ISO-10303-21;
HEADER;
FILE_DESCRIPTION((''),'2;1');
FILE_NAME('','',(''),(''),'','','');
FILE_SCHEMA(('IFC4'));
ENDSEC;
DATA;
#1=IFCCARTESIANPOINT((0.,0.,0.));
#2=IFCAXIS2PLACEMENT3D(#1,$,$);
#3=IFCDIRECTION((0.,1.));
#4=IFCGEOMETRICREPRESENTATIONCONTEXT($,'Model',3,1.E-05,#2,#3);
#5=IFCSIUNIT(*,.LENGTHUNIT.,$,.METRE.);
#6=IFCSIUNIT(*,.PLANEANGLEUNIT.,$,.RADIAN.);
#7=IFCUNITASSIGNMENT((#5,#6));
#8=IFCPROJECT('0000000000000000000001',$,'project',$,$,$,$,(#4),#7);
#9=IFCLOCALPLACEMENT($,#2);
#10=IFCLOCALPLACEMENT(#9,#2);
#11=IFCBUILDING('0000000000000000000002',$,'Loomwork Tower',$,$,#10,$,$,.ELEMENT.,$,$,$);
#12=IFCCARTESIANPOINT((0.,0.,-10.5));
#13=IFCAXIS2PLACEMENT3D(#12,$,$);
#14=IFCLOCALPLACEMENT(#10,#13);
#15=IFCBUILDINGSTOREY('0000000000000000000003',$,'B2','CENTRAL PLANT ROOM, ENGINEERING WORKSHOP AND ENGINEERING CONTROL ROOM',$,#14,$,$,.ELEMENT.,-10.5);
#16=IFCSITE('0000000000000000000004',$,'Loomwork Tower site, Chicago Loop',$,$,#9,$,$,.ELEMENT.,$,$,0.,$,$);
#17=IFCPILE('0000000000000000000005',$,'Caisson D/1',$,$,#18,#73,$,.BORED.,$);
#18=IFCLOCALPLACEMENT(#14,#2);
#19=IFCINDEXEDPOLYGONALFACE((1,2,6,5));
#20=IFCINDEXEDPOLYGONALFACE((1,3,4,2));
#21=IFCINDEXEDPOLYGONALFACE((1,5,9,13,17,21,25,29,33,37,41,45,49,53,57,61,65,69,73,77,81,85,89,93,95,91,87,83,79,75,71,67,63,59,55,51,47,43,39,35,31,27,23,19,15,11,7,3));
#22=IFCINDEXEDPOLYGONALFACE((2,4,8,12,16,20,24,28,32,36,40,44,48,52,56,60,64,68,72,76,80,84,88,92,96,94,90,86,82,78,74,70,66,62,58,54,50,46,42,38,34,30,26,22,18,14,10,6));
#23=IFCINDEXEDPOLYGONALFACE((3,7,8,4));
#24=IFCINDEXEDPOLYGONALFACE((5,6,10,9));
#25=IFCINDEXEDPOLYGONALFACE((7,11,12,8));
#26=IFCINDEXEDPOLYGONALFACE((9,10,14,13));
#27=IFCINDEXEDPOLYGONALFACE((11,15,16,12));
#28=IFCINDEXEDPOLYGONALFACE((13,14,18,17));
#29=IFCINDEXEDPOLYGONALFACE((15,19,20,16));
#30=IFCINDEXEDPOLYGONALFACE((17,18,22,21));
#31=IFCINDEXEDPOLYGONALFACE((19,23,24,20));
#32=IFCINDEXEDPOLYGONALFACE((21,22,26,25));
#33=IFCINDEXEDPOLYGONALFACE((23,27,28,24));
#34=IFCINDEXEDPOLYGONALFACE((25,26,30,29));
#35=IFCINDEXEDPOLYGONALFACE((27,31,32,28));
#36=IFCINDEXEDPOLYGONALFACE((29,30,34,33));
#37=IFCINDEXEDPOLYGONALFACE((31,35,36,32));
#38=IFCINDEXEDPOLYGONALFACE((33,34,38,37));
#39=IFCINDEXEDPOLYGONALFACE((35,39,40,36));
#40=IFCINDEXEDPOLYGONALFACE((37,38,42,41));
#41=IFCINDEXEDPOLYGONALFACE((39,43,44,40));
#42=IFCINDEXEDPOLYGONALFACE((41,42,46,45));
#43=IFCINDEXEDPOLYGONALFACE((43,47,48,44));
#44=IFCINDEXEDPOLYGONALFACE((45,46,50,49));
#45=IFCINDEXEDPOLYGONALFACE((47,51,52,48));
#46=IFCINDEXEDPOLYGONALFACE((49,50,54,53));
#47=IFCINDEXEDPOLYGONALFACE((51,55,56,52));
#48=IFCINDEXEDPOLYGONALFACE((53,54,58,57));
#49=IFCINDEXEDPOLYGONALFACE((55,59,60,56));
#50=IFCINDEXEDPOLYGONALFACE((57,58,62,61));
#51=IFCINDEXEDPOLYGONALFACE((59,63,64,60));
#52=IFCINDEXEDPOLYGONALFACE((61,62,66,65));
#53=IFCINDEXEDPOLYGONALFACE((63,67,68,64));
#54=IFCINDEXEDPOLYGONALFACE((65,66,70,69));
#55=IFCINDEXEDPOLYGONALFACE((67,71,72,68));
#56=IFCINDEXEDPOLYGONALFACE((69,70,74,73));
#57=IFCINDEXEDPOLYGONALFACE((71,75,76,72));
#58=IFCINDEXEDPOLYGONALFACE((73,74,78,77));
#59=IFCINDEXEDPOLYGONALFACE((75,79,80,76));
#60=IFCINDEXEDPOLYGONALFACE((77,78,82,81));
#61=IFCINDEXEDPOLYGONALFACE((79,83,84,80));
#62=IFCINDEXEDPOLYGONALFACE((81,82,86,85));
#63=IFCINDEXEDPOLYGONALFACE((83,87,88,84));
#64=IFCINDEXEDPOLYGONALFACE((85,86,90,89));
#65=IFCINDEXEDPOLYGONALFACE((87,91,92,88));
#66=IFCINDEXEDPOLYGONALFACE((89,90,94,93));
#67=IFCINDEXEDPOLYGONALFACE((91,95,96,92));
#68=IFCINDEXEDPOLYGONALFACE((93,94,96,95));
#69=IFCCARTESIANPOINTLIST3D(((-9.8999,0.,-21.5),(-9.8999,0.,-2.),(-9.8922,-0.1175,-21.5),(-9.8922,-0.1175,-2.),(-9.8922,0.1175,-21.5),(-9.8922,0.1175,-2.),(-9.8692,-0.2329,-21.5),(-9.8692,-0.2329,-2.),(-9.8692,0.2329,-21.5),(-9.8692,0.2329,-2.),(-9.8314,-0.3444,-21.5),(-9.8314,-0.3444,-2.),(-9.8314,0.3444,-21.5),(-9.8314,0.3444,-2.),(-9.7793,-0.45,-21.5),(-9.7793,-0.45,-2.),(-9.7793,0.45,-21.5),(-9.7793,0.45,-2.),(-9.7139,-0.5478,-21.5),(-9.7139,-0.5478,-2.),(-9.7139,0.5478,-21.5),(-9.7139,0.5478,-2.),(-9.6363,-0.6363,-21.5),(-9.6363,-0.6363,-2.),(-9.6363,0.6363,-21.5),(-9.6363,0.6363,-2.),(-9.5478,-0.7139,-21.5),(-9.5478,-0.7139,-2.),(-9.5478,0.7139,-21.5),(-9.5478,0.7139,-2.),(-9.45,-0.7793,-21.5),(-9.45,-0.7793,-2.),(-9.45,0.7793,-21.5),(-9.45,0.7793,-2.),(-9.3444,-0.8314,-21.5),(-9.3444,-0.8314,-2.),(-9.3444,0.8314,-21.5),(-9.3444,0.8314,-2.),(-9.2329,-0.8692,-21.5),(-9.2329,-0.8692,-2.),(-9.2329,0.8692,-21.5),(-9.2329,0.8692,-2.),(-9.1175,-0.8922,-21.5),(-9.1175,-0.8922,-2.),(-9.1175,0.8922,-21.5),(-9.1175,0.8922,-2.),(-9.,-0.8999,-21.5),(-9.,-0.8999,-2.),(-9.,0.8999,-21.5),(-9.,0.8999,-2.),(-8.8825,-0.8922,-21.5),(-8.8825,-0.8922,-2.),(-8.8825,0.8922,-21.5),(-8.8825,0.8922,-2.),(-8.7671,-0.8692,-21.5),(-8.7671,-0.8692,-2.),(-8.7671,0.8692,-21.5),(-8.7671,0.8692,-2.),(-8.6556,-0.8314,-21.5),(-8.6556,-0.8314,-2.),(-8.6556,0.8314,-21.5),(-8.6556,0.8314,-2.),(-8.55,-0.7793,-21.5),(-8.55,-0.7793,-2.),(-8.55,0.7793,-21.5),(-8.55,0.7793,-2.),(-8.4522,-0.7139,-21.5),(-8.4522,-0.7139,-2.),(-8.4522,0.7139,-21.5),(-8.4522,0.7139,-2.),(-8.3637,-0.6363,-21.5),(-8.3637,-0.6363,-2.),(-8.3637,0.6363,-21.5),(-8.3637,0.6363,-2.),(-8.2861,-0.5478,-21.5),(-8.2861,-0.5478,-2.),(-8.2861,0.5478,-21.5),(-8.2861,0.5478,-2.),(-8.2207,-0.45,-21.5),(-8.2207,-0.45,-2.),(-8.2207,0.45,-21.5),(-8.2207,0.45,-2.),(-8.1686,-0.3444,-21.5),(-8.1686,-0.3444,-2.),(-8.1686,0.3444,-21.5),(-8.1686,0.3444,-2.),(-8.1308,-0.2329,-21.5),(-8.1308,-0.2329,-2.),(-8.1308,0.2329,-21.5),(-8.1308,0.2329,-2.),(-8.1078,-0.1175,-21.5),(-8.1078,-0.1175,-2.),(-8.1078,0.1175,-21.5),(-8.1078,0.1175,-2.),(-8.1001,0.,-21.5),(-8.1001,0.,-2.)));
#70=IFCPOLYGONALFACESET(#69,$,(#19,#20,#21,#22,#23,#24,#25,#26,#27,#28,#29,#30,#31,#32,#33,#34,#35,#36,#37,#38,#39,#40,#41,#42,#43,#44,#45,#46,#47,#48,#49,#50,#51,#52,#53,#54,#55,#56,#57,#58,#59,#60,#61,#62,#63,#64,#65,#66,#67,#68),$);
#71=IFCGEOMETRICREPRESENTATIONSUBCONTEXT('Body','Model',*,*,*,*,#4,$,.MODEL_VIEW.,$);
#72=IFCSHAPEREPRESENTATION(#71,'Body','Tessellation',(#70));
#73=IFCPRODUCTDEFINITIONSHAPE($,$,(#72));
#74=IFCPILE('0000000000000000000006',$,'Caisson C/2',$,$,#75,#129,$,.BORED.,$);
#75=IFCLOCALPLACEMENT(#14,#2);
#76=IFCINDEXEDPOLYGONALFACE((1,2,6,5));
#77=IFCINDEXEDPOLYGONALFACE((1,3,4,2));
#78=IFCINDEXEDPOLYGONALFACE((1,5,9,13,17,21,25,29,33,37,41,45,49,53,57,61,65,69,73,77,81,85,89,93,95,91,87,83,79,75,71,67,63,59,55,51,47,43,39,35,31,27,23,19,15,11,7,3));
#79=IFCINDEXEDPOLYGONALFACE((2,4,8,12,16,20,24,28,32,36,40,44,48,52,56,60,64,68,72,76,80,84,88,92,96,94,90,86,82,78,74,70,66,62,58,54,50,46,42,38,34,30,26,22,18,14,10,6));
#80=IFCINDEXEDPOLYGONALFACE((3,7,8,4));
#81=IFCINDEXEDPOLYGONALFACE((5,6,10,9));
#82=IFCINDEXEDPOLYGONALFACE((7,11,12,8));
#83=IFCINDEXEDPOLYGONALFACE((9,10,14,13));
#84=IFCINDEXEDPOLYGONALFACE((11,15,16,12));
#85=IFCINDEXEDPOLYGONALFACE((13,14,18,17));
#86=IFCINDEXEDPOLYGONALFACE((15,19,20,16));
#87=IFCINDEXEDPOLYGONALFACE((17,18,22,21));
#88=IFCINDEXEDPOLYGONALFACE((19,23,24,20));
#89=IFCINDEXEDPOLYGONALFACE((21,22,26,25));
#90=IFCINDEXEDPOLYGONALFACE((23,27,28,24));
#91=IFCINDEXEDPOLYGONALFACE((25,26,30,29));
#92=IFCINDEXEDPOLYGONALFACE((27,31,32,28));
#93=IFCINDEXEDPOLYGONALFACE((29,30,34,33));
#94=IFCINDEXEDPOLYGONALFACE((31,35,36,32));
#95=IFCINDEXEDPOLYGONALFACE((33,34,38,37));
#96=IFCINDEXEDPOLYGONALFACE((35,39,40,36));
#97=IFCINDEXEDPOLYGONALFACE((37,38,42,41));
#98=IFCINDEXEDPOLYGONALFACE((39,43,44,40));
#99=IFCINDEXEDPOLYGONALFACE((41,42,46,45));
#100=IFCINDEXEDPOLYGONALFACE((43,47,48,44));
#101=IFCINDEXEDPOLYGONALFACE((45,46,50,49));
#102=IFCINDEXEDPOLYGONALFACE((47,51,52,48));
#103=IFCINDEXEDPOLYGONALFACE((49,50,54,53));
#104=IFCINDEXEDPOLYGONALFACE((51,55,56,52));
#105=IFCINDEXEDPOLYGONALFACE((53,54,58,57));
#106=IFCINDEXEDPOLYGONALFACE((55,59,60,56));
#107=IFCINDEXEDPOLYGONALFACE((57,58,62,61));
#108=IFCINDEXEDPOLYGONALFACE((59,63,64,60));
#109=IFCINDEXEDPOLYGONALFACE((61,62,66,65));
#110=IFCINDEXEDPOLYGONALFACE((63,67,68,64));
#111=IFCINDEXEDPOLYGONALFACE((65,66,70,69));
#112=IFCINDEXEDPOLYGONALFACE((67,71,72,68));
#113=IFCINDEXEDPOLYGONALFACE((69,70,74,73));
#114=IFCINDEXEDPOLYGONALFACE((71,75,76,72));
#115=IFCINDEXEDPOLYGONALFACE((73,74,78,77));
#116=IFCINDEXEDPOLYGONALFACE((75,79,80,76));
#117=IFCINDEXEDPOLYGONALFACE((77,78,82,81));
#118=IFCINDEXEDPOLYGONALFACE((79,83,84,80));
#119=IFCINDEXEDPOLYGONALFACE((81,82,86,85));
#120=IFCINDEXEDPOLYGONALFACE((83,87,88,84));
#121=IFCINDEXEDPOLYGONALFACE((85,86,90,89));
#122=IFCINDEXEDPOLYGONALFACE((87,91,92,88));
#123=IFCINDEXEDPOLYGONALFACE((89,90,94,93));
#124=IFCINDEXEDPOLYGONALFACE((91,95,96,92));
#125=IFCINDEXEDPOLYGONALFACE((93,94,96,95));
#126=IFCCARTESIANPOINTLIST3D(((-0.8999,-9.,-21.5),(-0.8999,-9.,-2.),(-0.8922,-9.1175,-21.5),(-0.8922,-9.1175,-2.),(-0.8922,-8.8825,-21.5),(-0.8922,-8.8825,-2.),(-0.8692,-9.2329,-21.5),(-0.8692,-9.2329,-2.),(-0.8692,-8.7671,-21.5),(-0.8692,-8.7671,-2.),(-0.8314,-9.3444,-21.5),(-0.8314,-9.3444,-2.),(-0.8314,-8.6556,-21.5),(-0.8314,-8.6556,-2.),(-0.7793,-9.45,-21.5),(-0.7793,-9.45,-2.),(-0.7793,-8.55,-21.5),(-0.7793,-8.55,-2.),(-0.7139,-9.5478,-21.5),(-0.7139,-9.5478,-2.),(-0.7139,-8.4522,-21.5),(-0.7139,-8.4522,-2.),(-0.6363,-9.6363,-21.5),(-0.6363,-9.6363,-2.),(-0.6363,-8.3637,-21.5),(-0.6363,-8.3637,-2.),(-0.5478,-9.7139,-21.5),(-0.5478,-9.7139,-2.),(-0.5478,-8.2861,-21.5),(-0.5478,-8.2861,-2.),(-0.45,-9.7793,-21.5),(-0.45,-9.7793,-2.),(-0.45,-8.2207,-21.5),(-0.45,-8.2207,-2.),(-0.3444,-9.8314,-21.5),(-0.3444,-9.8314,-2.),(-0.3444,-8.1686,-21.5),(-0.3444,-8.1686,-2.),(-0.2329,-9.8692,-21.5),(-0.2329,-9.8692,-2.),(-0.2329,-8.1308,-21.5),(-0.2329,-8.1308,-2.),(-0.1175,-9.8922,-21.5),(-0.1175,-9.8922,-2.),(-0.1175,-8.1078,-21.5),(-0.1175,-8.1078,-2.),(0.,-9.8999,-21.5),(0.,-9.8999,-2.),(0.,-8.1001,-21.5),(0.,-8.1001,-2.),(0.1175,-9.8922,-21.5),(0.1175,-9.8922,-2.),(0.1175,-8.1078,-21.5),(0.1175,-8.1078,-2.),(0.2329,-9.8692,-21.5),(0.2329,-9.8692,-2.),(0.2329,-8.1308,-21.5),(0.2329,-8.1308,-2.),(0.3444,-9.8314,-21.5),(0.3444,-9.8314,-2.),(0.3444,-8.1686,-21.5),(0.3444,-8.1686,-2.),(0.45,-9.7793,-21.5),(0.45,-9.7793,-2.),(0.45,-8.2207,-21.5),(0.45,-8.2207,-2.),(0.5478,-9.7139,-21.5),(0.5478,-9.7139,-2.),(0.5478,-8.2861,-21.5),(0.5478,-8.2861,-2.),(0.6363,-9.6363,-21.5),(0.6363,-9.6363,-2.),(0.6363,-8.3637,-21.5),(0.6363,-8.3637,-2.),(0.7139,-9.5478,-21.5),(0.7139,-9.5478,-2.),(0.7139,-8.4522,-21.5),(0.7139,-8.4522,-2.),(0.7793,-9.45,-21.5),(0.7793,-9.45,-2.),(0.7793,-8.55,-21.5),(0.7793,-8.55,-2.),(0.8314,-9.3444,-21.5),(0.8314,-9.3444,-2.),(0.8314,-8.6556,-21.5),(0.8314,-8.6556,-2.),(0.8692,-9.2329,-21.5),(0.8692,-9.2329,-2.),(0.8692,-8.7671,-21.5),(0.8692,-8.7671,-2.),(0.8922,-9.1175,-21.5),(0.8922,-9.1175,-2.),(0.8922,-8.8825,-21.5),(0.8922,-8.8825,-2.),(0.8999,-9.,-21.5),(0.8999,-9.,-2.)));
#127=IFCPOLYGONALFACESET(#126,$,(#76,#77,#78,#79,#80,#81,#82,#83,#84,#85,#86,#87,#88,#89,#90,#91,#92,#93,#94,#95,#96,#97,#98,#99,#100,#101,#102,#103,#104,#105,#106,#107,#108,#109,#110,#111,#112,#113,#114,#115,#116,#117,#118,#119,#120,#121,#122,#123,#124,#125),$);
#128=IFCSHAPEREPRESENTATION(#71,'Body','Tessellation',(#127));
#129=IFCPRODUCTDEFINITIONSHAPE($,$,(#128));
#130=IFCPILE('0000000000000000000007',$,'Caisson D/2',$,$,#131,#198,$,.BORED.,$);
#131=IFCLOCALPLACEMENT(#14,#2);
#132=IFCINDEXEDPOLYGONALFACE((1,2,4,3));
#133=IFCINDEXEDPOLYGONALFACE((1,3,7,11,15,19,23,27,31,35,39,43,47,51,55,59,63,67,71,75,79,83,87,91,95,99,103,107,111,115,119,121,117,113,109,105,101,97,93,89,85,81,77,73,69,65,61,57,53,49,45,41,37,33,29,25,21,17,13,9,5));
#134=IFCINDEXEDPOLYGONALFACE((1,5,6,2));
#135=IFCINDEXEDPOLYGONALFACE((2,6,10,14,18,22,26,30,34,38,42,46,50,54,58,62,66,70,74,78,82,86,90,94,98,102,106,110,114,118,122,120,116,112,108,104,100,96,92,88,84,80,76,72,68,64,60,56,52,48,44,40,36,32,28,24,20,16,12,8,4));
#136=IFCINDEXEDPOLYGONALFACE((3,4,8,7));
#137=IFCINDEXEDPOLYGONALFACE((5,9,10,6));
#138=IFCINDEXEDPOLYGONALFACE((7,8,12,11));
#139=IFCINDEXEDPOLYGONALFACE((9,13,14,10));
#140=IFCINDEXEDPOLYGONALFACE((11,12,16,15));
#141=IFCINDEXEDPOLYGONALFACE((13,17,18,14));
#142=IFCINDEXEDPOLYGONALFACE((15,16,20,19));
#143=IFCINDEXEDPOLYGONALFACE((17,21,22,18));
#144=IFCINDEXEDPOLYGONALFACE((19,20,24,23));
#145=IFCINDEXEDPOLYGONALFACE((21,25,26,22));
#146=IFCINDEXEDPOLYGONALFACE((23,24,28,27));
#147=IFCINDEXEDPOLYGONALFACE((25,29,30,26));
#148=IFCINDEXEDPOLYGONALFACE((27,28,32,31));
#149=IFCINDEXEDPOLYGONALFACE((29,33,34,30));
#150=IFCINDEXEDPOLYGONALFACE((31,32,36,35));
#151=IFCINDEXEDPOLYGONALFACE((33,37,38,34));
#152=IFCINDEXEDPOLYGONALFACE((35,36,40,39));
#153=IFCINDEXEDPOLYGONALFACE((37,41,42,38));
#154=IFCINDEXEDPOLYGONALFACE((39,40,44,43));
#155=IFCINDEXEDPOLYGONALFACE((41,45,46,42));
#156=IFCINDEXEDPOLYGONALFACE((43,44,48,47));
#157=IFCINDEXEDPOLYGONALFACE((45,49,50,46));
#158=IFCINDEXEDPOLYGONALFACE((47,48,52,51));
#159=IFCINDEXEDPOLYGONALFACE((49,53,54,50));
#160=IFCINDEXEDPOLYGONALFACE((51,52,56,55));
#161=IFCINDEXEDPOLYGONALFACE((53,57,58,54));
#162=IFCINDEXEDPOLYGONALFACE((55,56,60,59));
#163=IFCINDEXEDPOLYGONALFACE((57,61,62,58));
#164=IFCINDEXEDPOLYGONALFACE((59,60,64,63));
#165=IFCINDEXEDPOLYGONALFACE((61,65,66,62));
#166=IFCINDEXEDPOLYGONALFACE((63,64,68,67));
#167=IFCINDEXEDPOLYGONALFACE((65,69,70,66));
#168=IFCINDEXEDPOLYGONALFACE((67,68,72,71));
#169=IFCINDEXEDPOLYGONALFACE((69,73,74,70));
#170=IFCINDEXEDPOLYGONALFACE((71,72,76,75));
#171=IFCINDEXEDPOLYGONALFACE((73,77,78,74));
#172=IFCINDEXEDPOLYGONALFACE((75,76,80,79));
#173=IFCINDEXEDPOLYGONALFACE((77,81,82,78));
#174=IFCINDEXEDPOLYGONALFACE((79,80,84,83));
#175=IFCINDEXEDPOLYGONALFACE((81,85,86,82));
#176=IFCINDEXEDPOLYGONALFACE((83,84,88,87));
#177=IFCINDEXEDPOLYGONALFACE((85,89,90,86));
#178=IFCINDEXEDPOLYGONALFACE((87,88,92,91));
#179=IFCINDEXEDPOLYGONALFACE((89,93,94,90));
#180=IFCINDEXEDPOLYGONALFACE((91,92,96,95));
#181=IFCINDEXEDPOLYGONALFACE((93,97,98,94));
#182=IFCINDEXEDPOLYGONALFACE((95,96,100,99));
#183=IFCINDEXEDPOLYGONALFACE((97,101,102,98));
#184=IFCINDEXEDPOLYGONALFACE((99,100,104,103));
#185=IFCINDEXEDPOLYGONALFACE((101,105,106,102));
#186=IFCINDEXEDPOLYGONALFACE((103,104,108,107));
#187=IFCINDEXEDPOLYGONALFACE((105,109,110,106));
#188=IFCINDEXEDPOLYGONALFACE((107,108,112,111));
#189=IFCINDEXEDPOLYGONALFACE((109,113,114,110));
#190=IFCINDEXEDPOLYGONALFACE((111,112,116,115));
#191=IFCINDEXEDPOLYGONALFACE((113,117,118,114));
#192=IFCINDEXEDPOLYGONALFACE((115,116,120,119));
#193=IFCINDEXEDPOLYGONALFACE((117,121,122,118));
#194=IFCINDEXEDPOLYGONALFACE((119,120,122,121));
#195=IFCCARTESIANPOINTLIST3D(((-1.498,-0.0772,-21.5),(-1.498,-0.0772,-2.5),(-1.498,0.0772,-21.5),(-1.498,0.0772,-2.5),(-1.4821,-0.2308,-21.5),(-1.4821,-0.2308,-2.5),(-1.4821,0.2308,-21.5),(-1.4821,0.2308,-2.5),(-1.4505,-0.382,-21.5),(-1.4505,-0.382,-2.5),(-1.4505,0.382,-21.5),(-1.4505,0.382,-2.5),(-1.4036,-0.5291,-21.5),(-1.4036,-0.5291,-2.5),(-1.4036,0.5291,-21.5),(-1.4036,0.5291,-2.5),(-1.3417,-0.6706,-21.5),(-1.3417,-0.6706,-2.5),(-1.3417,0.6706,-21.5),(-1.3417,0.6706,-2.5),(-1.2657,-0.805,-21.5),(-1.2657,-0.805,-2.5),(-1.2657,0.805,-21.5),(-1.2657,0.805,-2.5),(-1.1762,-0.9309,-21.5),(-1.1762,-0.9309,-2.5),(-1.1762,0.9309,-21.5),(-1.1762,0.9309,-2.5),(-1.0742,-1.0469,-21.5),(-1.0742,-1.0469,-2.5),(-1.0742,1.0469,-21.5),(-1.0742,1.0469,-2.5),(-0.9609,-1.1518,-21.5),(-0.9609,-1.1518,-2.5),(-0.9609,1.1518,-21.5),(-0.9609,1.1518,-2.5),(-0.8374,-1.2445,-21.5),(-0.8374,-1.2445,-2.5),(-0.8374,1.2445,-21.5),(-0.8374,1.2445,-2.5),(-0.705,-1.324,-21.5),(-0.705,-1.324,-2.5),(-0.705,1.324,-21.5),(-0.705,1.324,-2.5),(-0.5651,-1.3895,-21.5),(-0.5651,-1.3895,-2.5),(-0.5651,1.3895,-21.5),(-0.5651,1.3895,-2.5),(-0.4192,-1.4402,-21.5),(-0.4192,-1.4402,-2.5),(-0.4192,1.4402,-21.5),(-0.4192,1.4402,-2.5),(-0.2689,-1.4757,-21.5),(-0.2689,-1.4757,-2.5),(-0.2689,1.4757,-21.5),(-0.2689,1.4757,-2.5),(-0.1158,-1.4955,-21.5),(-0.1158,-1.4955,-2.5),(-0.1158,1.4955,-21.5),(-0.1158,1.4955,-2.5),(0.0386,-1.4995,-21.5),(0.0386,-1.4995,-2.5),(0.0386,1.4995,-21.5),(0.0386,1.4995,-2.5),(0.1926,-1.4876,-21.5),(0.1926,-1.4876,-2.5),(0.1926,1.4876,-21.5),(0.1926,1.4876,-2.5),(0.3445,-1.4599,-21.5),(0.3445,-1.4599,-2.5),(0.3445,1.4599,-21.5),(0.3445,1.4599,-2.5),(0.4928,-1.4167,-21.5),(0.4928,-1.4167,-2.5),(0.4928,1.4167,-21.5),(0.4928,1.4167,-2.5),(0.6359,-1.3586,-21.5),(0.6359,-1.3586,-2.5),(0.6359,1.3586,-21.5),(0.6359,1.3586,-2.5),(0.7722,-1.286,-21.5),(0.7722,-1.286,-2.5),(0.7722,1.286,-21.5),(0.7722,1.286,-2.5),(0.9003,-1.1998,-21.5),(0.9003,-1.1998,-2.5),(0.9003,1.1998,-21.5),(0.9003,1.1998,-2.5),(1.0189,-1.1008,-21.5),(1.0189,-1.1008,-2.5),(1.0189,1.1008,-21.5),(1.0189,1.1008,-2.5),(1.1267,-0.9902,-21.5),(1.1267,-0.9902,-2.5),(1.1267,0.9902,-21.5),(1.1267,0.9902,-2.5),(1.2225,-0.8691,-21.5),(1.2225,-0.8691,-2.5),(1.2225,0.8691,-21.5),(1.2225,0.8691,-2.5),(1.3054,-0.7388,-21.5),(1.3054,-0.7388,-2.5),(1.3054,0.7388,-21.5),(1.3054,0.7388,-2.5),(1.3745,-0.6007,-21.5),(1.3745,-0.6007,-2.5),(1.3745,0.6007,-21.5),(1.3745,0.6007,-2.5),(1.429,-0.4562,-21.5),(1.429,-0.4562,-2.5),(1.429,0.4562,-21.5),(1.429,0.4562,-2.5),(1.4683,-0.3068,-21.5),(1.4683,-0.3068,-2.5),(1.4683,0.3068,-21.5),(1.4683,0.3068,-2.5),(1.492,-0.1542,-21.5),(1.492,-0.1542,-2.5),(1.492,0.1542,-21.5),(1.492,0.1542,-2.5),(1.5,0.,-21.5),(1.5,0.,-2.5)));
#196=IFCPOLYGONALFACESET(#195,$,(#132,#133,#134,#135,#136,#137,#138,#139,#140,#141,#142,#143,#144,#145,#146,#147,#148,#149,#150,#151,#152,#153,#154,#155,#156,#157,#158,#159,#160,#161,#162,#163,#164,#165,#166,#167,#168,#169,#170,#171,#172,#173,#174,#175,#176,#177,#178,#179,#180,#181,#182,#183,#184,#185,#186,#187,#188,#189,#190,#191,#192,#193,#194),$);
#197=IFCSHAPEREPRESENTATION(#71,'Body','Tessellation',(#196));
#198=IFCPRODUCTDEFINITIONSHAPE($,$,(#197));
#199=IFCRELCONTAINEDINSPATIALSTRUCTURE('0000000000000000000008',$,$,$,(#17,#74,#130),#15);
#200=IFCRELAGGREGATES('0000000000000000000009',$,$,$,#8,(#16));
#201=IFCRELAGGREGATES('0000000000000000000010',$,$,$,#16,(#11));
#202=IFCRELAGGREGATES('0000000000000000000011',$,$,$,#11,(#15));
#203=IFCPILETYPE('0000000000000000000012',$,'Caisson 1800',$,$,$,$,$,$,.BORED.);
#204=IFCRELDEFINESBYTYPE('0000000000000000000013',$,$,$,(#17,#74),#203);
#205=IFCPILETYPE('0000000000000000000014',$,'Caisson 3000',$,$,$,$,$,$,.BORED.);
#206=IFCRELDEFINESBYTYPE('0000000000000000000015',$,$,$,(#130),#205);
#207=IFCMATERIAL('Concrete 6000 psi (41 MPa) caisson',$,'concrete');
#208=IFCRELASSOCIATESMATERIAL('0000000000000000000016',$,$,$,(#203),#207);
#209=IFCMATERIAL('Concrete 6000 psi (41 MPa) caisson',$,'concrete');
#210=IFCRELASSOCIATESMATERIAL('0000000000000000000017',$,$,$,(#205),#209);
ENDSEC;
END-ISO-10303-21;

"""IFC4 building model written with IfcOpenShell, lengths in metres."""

from ifc_helpers import new_model, si_unit, direction, frame, origin, origin_2d, place, context, subcontext, project, spatial, circle, extrude, material, material_profile, profile_set, type_object, element, save


model = new_model("IFC4")

# Units and contexts
model_context = context("Model", 3, precision=1e-05, world=origin(), true_north=direction((0.0, 1.0)))
body_context = subcontext(model_context, "Body", "Model", "MODEL_VIEW")
ifc_project = project(units=[si_unit("LENGTHUNIT", "METRE"), si_unit("PLANEANGLEUNIT", "RADIAN")], contexts=[model_context])

# Site, building, storey
site_placement = place(None, origin())
site = spatial("IfcSite", under=ifc_project, at=site_placement, Name="Loomwork Tower site, Chicago Loop", CompositionType="ELEMENT", RefElevation=0.0)
building_placement = place(site_placement, origin())
building = spatial("IfcBuilding", under=site, at=building_placement, Name="Loomwork Tower", CompositionType="ELEMENT")
storey_placement = place(building_placement, frame((0.0, 0.0, -10.5)))
storey = spatial("IfcBuildingStorey", under=building, at=storey_placement, Name="B2", Description="CENTRAL PLANT ROOM, ENGINEERING WORKSHOP AND ENGINEERING CONTROL ROOM", CompositionType="ELEMENT", Elevation=-10.5)

# Piles
ifc_material_1 = material(Name="Concrete 6000 psi (41 MPa) caisson", Category="concrete")
ifc_material_profile_1 = material_profile(ifc_material_1, circle(Radius=0.8999, at=origin_2d()), Name="D1800")
ifc_profile_set_1 = profile_set([ifc_material_profile_1], Name="Concrete 6000 psi (41 MPa) caisson")
pile_type_1 = type_object("IfcPileType", Name="Caisson 1800", PredefinedType="BORED", material=ifc_profile_set_1)
for number, where, z_axis, x_axis, name in (
    (1, (-9.0, 0.0, -2.0), (0.0, 0.0, -1.0), (1.0, 0.0, 0.0), "Caisson D/1"),
    (2, (0.0, -9.0, -2.0), (0.0, 0.0, -1.0), (1.0, 0.0, 0.0), "Caisson C/2"),
):
    element("IfcPile", number, at=place(storey_placement, frame(where, z_axis=z_axis, x_axis=x_axis)), inside=storey, type_object=pile_type_1, Name=name, PredefinedType="BORED", context=body_context, shape_type="SweptSolid", body=[
        extrude(circle(Radius=0.8999, at=origin_2d()), origin(), (0.0, 0.0, 1.0), 19.5),
    ])
ifc_material_2 = material(Name="Concrete 6000 psi (41 MPa) caisson", Category="concrete")
ifc_material_profile_2 = material_profile(ifc_material_2, circle(Radius=1.5, at=origin_2d()), Name="D3000")
ifc_profile_set_2 = profile_set([ifc_material_profile_2], Name="Concrete 6000 psi (41 MPa) caisson")
pile_type_2 = type_object("IfcPileType", Name="Caisson 3000", PredefinedType="BORED", material=ifc_profile_set_2)
pile_placement = place(storey_placement, frame((0.0, 0.0, -2.5), z_axis=(0.0, 0.0, -1.0), x_axis=(1.0, 0.0, 0.0)))
element("IfcPile", 3, at=pile_placement, inside=storey, type_object=pile_type_2, Name="Caisson D/2", PredefinedType="BORED", context=body_context, shape_type="SweptSolid", body=[
    extrude(circle(Radius=1.5, at=origin_2d()), origin(), (0.0, 0.0, 1.0), 19.0),
])

save(model, "model.ifc")
